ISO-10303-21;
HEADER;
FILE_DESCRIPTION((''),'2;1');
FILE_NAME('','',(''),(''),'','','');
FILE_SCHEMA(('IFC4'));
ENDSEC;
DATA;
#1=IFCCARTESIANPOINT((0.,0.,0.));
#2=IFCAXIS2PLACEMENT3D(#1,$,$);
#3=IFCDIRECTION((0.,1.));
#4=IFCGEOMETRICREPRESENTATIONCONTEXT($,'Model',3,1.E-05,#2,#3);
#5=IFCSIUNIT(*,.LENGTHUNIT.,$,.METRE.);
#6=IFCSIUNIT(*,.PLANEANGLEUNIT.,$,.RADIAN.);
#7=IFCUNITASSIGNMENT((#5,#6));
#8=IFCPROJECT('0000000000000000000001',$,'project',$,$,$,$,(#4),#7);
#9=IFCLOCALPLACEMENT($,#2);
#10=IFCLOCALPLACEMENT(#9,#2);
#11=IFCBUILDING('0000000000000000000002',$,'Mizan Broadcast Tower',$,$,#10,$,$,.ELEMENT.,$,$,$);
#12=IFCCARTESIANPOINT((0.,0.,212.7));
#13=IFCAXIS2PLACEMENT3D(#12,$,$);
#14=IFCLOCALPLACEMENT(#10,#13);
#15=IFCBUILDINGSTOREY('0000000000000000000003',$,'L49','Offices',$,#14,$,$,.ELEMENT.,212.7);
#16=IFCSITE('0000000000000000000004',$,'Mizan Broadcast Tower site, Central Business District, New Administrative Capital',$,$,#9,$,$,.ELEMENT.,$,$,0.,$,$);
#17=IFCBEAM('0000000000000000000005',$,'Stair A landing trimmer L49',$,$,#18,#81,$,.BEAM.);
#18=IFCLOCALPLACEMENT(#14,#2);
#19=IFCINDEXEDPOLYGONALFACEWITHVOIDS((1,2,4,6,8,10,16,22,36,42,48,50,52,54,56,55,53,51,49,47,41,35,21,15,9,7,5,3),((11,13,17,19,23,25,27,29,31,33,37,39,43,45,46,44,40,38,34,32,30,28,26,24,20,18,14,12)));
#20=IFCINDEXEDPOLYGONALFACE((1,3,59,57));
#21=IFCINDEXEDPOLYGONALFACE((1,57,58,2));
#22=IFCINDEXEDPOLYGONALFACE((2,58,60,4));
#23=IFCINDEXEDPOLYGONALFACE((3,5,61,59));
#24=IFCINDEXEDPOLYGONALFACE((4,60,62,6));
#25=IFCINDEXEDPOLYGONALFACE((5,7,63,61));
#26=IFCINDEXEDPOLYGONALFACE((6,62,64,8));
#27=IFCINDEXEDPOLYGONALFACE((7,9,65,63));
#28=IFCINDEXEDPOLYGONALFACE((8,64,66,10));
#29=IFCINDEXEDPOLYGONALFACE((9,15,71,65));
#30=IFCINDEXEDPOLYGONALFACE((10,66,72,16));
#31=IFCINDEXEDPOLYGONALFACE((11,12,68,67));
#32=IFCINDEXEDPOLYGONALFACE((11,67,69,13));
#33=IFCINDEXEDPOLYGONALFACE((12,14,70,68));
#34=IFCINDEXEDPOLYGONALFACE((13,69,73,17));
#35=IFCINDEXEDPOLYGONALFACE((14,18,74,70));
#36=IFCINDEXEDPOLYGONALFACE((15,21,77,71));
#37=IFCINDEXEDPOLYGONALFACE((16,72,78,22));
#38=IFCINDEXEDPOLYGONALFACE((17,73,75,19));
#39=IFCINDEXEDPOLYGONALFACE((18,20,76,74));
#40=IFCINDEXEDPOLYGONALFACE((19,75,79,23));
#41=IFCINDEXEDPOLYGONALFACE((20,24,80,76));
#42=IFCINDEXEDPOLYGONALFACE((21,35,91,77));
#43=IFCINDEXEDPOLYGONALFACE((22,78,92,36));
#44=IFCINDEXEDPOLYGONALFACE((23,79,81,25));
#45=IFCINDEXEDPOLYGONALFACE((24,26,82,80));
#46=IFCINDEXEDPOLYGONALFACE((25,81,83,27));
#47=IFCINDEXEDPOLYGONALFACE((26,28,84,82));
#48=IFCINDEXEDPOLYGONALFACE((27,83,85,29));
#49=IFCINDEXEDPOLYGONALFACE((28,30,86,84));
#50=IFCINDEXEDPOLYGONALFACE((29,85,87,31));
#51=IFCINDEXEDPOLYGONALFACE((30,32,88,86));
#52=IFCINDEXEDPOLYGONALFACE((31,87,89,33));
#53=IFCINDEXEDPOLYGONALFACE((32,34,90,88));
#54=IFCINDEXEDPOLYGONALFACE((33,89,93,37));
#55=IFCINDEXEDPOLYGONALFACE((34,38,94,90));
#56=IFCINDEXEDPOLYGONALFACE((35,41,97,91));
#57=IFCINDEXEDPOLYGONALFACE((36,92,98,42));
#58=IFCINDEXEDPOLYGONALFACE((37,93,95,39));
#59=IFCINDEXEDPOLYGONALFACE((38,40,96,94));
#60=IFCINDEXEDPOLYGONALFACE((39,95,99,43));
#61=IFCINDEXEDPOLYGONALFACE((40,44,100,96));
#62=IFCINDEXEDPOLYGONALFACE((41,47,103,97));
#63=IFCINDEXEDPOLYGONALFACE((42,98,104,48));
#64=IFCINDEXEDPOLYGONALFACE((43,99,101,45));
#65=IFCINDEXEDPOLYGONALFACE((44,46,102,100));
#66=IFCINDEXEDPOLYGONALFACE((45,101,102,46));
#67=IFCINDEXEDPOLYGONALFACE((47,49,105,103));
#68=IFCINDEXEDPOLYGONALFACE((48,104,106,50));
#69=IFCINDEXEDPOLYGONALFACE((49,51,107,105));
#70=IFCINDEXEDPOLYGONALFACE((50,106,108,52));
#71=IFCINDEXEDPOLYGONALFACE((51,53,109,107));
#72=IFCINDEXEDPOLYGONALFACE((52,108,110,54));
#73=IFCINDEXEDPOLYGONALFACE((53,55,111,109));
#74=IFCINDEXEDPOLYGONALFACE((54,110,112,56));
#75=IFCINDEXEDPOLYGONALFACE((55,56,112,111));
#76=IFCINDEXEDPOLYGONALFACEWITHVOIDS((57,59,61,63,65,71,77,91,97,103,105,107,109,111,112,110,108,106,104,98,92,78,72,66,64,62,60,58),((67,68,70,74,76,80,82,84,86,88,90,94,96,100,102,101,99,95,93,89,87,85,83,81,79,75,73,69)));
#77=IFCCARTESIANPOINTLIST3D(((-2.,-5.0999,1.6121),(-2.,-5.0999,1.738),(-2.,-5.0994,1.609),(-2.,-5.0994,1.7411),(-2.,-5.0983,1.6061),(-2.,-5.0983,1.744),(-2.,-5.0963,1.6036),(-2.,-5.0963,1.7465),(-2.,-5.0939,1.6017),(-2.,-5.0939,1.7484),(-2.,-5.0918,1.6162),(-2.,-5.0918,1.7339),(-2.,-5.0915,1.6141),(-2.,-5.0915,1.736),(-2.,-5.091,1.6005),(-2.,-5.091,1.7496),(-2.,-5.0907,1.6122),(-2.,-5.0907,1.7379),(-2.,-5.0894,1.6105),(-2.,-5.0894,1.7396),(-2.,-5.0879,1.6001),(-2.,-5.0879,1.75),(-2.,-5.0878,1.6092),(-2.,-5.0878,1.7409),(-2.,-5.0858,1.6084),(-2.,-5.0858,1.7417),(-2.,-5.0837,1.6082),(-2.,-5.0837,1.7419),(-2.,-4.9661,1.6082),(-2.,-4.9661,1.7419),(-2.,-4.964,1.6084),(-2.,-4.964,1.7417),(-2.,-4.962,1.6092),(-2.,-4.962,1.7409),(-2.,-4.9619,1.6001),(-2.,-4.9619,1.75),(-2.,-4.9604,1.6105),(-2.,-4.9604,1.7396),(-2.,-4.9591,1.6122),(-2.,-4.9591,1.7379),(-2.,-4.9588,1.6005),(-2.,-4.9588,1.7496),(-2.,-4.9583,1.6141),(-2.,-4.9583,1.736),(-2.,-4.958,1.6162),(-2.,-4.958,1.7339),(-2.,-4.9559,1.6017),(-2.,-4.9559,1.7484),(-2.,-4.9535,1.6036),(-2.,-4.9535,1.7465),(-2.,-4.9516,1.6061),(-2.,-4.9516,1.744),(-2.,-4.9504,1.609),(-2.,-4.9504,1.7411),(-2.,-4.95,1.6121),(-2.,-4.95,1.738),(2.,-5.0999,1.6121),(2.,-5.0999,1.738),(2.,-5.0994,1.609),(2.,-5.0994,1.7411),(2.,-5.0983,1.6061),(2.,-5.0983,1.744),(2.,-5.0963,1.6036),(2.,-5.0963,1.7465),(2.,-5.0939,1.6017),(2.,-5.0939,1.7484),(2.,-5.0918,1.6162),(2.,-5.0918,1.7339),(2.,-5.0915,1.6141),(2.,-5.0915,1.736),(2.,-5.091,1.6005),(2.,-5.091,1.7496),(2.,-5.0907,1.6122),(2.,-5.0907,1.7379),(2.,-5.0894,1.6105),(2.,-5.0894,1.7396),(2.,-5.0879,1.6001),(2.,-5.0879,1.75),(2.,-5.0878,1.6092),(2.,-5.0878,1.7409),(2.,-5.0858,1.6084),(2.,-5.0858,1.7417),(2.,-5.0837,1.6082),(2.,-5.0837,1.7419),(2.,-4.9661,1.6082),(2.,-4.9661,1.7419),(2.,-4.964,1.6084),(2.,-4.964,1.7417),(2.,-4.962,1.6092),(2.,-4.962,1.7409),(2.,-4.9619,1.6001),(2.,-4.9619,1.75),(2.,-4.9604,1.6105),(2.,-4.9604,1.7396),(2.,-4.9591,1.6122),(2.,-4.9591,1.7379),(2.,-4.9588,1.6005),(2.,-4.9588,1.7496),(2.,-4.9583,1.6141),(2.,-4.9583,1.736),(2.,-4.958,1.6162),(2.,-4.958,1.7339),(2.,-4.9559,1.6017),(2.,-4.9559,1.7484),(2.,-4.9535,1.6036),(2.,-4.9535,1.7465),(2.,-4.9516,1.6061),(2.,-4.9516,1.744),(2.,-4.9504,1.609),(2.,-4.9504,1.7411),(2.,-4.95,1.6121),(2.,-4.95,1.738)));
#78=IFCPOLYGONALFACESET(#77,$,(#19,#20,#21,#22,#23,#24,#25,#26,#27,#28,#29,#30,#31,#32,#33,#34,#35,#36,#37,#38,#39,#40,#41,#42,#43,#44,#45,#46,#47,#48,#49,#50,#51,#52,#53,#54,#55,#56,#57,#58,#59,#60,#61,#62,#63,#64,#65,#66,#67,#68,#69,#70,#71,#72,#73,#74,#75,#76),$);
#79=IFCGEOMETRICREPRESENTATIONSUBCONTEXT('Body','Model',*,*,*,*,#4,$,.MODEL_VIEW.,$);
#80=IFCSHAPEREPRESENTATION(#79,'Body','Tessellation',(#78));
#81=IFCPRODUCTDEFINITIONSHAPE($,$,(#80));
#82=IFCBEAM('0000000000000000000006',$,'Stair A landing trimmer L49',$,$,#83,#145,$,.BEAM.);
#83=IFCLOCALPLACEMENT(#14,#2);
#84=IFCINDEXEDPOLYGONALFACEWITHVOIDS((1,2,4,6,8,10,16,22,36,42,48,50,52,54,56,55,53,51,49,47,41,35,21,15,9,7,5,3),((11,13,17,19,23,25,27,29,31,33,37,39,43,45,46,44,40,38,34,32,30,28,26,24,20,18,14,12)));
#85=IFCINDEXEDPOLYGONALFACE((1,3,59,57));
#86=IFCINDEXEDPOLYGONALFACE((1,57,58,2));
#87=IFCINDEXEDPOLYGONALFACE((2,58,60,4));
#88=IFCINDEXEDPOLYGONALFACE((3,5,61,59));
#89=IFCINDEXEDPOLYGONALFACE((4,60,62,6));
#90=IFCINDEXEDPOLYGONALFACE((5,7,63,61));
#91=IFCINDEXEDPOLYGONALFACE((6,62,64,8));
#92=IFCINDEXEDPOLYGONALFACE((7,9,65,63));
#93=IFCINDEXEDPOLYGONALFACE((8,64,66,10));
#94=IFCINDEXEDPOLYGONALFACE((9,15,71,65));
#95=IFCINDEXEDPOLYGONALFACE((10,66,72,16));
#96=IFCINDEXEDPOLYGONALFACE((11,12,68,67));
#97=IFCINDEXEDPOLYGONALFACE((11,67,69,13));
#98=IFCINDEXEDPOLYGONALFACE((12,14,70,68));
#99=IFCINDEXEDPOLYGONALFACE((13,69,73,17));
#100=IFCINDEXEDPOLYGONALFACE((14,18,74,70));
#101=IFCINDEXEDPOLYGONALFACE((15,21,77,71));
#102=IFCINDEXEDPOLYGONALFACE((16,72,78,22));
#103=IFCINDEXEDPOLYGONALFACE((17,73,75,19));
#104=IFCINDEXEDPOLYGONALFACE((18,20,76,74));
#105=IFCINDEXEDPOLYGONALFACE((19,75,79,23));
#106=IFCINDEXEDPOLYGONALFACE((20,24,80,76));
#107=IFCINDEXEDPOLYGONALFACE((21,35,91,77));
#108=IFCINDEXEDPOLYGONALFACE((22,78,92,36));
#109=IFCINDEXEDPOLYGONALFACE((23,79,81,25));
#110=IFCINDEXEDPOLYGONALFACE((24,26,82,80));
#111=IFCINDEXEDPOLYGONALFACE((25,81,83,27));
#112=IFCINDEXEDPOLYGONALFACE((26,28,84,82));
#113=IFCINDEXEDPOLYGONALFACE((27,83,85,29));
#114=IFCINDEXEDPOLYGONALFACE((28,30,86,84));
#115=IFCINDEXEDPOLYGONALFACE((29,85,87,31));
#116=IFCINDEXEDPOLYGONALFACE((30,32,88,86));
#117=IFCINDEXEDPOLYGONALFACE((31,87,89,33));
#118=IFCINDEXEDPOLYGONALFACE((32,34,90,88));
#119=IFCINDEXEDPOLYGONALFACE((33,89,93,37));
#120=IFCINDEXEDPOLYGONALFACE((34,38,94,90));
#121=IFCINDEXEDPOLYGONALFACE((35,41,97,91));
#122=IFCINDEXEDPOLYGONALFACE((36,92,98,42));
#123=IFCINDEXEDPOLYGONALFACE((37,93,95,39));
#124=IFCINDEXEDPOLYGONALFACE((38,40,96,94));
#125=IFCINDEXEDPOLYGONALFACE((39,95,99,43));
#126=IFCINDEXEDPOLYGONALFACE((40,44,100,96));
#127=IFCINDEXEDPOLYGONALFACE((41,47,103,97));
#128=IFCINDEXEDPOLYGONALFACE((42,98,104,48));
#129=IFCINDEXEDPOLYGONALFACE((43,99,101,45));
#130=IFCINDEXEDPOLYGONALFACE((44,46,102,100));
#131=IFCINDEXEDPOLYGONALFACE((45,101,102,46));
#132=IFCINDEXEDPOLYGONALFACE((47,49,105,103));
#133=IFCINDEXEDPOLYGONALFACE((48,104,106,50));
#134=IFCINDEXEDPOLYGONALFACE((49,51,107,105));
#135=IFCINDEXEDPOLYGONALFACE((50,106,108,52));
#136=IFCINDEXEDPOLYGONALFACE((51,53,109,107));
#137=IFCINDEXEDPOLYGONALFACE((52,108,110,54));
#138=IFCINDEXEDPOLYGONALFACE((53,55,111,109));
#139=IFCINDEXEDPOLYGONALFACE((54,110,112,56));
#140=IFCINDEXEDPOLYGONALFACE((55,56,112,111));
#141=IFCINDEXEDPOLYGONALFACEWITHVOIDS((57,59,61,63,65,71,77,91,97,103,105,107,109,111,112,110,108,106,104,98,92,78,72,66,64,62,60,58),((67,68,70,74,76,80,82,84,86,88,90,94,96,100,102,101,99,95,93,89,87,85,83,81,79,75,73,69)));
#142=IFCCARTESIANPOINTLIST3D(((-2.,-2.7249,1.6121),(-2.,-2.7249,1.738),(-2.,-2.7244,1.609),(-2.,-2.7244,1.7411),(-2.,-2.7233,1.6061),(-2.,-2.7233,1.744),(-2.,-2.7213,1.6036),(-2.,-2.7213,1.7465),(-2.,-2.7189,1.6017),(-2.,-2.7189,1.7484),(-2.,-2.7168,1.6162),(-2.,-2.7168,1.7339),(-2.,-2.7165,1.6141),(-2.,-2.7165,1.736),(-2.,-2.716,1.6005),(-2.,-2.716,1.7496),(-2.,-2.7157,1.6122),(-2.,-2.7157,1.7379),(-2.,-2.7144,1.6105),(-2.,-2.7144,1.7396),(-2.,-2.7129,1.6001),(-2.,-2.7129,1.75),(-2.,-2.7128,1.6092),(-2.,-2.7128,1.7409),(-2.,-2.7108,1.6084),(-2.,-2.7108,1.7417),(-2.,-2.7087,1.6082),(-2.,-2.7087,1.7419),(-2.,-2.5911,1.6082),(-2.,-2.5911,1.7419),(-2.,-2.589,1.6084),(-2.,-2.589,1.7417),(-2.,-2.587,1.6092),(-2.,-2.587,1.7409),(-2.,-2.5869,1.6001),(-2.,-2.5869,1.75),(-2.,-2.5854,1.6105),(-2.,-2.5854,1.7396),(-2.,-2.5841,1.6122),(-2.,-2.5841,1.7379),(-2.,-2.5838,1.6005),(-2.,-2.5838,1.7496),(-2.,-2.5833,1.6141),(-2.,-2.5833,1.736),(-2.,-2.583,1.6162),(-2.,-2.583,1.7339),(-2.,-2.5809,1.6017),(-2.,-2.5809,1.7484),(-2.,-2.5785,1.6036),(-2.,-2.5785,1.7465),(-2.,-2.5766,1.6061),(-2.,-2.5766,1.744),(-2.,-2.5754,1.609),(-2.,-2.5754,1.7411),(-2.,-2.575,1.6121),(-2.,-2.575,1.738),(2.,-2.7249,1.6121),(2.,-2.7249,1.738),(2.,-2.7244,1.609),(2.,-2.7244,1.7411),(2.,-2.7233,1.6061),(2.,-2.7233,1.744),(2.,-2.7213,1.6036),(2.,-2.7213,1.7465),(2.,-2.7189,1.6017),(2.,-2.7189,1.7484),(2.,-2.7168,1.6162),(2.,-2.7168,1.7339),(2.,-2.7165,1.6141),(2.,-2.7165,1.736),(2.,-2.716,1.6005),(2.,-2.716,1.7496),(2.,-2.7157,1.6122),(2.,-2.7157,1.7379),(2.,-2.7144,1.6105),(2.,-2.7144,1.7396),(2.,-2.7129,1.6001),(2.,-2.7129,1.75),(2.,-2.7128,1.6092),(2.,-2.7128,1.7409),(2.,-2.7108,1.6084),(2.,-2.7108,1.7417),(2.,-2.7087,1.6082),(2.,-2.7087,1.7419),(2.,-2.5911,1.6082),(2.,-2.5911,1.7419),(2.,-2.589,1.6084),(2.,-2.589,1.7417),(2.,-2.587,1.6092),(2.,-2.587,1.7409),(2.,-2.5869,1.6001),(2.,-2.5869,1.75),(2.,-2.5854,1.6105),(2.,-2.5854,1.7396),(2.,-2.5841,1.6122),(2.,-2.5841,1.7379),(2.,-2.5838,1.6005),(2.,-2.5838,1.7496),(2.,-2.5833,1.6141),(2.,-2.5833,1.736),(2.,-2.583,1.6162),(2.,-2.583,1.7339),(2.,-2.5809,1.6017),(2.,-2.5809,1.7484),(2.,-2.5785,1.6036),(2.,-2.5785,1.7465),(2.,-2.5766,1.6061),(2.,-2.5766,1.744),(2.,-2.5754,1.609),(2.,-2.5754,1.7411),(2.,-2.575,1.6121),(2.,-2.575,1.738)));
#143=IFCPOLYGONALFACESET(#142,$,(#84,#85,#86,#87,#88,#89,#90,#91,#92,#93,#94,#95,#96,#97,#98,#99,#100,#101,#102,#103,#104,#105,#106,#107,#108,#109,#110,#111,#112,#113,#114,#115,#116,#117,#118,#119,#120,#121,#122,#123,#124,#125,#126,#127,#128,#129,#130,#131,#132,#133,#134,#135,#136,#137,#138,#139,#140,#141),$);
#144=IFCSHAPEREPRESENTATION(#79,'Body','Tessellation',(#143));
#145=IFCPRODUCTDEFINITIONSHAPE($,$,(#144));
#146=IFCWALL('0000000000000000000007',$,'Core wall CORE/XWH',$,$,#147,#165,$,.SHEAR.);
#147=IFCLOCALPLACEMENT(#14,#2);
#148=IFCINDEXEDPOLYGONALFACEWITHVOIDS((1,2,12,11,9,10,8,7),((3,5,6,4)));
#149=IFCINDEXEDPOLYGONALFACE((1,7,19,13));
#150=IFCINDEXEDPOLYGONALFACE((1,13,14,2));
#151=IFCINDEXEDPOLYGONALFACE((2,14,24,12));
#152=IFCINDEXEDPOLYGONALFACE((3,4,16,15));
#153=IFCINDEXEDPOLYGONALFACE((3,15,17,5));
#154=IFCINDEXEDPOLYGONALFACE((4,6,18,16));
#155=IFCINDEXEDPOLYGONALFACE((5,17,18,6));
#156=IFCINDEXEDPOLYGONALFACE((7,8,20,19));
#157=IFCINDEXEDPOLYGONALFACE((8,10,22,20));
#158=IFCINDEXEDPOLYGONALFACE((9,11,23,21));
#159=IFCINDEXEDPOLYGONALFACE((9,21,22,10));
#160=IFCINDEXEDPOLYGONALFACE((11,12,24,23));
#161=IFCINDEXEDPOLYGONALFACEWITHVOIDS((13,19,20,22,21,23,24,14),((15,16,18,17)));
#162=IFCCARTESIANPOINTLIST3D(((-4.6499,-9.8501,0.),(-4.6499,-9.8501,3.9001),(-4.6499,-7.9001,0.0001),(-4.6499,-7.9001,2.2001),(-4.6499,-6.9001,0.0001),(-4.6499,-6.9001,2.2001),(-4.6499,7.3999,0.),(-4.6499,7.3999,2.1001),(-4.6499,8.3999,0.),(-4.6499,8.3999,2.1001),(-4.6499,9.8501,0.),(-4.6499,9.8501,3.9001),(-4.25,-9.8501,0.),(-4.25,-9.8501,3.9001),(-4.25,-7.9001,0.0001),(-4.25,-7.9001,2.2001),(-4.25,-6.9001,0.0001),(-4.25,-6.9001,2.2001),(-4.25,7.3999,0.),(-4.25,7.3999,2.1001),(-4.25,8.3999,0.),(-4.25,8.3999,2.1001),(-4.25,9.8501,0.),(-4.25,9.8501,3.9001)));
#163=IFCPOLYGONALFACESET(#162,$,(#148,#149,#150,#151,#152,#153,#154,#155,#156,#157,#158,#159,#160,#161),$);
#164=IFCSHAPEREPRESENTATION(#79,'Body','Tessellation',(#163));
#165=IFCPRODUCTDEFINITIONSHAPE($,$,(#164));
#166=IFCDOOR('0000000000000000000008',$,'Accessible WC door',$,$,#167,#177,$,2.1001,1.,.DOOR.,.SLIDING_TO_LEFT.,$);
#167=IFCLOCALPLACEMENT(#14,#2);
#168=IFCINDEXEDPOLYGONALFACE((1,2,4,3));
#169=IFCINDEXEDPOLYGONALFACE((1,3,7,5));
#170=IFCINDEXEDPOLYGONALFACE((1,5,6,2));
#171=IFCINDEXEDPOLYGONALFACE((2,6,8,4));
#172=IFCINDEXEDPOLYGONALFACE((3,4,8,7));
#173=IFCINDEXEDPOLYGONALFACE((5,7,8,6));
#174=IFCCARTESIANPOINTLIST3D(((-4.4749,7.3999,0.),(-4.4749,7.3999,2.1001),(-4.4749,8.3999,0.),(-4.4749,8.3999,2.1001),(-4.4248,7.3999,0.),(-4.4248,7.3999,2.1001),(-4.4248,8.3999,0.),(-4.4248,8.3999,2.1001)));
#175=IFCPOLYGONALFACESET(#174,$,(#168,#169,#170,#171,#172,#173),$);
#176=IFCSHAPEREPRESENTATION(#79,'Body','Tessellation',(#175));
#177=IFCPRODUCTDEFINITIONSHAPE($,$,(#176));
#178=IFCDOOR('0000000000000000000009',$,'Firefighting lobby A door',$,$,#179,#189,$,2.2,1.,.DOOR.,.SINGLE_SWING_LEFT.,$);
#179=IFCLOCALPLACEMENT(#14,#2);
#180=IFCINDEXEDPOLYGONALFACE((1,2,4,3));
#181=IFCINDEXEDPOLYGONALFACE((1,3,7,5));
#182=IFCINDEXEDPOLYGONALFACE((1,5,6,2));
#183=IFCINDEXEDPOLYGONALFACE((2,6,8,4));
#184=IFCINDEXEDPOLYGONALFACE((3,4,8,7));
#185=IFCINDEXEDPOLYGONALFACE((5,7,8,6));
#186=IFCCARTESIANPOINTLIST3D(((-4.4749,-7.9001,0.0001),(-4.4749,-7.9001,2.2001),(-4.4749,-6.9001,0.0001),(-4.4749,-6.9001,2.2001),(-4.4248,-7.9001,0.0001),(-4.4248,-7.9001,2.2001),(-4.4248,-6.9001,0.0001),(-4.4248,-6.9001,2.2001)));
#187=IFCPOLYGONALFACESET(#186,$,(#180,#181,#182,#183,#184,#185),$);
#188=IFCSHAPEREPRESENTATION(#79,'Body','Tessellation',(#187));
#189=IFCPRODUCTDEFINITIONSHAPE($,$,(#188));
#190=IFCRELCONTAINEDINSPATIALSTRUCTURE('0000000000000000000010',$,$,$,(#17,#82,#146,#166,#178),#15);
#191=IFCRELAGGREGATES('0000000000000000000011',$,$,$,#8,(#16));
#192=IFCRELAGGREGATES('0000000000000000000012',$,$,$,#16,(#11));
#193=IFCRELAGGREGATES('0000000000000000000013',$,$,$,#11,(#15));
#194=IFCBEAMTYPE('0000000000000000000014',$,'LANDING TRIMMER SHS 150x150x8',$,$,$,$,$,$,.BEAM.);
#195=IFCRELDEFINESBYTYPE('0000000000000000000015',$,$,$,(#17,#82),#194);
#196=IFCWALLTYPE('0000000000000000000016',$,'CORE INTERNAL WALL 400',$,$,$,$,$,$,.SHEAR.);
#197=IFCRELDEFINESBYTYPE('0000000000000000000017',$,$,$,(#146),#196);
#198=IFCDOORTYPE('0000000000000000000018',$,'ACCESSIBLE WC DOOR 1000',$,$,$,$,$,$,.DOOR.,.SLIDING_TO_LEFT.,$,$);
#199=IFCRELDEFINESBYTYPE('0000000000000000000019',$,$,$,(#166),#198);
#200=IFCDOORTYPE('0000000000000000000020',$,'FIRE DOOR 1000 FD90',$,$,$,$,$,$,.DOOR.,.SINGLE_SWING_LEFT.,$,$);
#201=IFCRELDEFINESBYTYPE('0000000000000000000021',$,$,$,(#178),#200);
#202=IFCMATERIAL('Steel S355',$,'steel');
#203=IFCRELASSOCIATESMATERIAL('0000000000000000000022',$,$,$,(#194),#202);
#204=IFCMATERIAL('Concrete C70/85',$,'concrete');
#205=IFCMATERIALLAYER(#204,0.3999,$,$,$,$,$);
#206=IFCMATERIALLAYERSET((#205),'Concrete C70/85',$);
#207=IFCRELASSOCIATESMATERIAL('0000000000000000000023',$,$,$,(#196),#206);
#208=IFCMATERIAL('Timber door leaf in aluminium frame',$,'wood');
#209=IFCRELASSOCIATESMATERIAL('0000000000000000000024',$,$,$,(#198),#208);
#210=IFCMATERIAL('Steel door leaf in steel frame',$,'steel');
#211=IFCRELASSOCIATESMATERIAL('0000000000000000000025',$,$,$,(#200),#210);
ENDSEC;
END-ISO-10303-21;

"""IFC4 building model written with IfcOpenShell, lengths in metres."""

from ifc_helpers import new_model, si_unit, direction, frame, frame_2d, origin, origin_2d, place, context, subcontext, project, spatial, rectangle, hollow_rectangle, extrude, material, layer, layer_set, material_profile, profile_set, type_object, element, fill, save


model = new_model("IFC4")

# Units and contexts
model_context = context("Model", 3, precision=1e-05, world=origin(), true_north=direction((0.0, 1.0)))
body_context = subcontext(model_context, "Body", "Model", "MODEL_VIEW")
ifc_project = project(units=[si_unit("LENGTHUNIT", "METRE"), si_unit("PLANEANGLEUNIT", "RADIAN")], contexts=[model_context])

# Site, building, storey
site_placement = place(None, origin())
site = spatial("IfcSite", under=ifc_project, at=site_placement, Name="Mizan Broadcast Tower site, Central Business District, New Administrative Capital", CompositionType="ELEMENT", RefElevation=0.0)
building_placement = place(site_placement, origin())
building = spatial("IfcBuilding", under=site, at=building_placement, Name="Mizan Broadcast Tower", CompositionType="ELEMENT")
storey_placement = place(building_placement, frame((0.0, 0.0, 212.7)))
storey = spatial("IfcBuildingStorey", under=building, at=storey_placement, Name="L49", Description="Offices", CompositionType="ELEMENT", Elevation=212.7)

# Beams
ifc_material_1 = material(Name="Steel S355", Category="steel")
ifc_material_profile = material_profile(ifc_material_1, hollow_rectangle(XDim=0.1499, YDim=0.1499, WallThickness=0.0081, InnerFilletRadius=0.0081, OuterFilletRadius=0.012, at=origin_2d()), Name="SHS 150x150x8")
ifc_profile_set = profile_set([ifc_material_profile], Name="Steel S355")
beam_type = type_object("IfcBeamType", Name="LANDING TRIMMER SHS 150x150x8", PredefinedType="BEAM", material=ifc_profile_set)
for number, where, z_axis, x_axis, name in (
    (1, (-2.0, -5.0249, 1.675), (1.0, 0.0, 0.0), (0.0, 1.0, 0.0), "Stair A landing trimmer L49"),
    (2, (-2.0, -2.6499, 1.675), (1.0, 0.0, 0.0), (0.0, 1.0, 0.0), "Stair A landing trimmer L49"),
):
    element("IfcBeam", number, at=place(storey_placement, frame(where, z_axis=z_axis, x_axis=x_axis)), inside=storey, type_object=beam_type, Name=name, PredefinedType="BEAM", context=body_context, shape_type="SweptSolid", body=[
        extrude(hollow_rectangle(XDim=0.1499, YDim=0.1499, WallThickness=0.0081, InnerFilletRadius=0.0081, OuterFilletRadius=0.012, at=origin_2d()), origin(), (0.0, 0.0, 1.0), 4.0),
    ])

# Wall, openings, doors
ifc_material_2 = material(Name="Concrete C70/85", Category="concrete")
ifc_layer_1 = layer(ifc_material_2, 0.3999)
ifc_layer_set_1 = layer_set([ifc_layer_1], Name="Concrete C70/85")
wall_type_1 = type_object("IfcWallType", Name="CORE INTERNAL WALL 400", PredefinedType="SHEAR", material=ifc_layer_set_1)
wall_1_placement = place(storey_placement, frame((-4.45, -9.8501, 0.0), z_axis=(0.0, 0.0, 1.0), x_axis=(0.0, 1.0, 0.0)))
wall_1 = element("IfcWall", 3, at=wall_1_placement, inside=storey, type_object=wall_type_1, Name="Core wall CORE/XWH", PredefinedType="SHEAR", context=body_context, shape_type="SweptSolid", body=[
    extrude(rectangle(XDim=19.7002, YDim=0.3999, at=frame_2d((9.8501, 0.0))), origin(), (0.0, 0.0, 1.0), 3.9001),
])
opening_1_placement = place(wall_1_placement, frame((1.95, 0.0, 0.0)))
opening_1 = element("IfcOpeningElement", 4, at=opening_1_placement, cuts=wall_1, PredefinedType="OPENING", context=body_context, shape_type="SweptSolid", body=[
    extrude(rectangle(XDim=1.0, YDim=2.2, at=frame_2d((0.5, 1.1001))), frame((0.0, 0.21, 0.0), z_axis=(0.0, -1.0, 0.0), x_axis=(1.0, 0.0, 0.0)), (0.0, 0.0, 1.0), 0.4199),
])
opening_2_placement = place(wall_1_placement, frame((17.25, 0.0, 0.0)))
opening_2 = element("IfcOpeningElement", 5, at=opening_2_placement, cuts=wall_1, PredefinedType="OPENING", context=body_context, shape_type="SweptSolid", body=[
    extrude(rectangle(XDim=1.0, YDim=2.1001, at=frame_2d((0.5, 1.05))), frame((0.0, 0.21, 0.0), z_axis=(0.0, -1.0, 0.0), x_axis=(1.0, 0.0, 0.0)), (0.0, 0.0, 1.0), 0.4199),
])
ifc_material_3 = material(Name="Timber door leaf in aluminium frame", Category="wood")
door_type_1 = type_object("IfcDoorType", Name="ACCESSIBLE WC DOOR 1000", OperationType="SLIDING_TO_LEFT", PredefinedType="DOOR", material=ifc_material_3)
door_1_placement = place(opening_2_placement, origin())
door_1 = element("IfcDoor", 6, at=door_1_placement, inside=storey, type_object=door_type_1, Name="Accessible WC door", OperationType="SLIDING_TO_LEFT", OverallHeight=2.1001, OverallWidth=1.0, PredefinedType="DOOR", context=body_context, shape_type="SweptSolid", body=[
    extrude(rectangle(XDim=1.0, YDim=2.1001, at=frame_2d((0.5, 1.05))), frame((0.0, 0.0249, 0.0), z_axis=(0.0, -1.0, 0.0), x_axis=(1.0, 0.0, 0.0)), (0.0, 0.0, 1.0), 0.05),
])
fill(opening_2, door_1)
ifc_material_4 = material(Name="Steel door leaf in steel frame", Category="steel")
door_type_2 = type_object("IfcDoorType", Name="FIRE DOOR 1000 FD90", OperationType="SINGLE_SWING_LEFT", PredefinedType="DOOR", material=ifc_material_4)
door_2_placement = place(opening_1_placement, origin())
door_2 = element("IfcDoor", 7, at=door_2_placement, inside=storey, type_object=door_type_2, Name="Firefighting lobby A door", OperationType="SINGLE_SWING_LEFT", OverallHeight=2.2, OverallWidth=1.0, PredefinedType="DOOR", context=body_context, shape_type="SweptSolid", body=[
    extrude(rectangle(XDim=1.0, YDim=2.2, at=frame_2d((0.5, 1.1001))), frame((0.0, 0.0249, 0.0), z_axis=(0.0, -1.0, 0.0), x_axis=(1.0, 0.0, 0.0)), (0.0, 0.0, 1.0), 0.05),
])
fill(opening_1, door_2)

save(model, "model.ifc")
